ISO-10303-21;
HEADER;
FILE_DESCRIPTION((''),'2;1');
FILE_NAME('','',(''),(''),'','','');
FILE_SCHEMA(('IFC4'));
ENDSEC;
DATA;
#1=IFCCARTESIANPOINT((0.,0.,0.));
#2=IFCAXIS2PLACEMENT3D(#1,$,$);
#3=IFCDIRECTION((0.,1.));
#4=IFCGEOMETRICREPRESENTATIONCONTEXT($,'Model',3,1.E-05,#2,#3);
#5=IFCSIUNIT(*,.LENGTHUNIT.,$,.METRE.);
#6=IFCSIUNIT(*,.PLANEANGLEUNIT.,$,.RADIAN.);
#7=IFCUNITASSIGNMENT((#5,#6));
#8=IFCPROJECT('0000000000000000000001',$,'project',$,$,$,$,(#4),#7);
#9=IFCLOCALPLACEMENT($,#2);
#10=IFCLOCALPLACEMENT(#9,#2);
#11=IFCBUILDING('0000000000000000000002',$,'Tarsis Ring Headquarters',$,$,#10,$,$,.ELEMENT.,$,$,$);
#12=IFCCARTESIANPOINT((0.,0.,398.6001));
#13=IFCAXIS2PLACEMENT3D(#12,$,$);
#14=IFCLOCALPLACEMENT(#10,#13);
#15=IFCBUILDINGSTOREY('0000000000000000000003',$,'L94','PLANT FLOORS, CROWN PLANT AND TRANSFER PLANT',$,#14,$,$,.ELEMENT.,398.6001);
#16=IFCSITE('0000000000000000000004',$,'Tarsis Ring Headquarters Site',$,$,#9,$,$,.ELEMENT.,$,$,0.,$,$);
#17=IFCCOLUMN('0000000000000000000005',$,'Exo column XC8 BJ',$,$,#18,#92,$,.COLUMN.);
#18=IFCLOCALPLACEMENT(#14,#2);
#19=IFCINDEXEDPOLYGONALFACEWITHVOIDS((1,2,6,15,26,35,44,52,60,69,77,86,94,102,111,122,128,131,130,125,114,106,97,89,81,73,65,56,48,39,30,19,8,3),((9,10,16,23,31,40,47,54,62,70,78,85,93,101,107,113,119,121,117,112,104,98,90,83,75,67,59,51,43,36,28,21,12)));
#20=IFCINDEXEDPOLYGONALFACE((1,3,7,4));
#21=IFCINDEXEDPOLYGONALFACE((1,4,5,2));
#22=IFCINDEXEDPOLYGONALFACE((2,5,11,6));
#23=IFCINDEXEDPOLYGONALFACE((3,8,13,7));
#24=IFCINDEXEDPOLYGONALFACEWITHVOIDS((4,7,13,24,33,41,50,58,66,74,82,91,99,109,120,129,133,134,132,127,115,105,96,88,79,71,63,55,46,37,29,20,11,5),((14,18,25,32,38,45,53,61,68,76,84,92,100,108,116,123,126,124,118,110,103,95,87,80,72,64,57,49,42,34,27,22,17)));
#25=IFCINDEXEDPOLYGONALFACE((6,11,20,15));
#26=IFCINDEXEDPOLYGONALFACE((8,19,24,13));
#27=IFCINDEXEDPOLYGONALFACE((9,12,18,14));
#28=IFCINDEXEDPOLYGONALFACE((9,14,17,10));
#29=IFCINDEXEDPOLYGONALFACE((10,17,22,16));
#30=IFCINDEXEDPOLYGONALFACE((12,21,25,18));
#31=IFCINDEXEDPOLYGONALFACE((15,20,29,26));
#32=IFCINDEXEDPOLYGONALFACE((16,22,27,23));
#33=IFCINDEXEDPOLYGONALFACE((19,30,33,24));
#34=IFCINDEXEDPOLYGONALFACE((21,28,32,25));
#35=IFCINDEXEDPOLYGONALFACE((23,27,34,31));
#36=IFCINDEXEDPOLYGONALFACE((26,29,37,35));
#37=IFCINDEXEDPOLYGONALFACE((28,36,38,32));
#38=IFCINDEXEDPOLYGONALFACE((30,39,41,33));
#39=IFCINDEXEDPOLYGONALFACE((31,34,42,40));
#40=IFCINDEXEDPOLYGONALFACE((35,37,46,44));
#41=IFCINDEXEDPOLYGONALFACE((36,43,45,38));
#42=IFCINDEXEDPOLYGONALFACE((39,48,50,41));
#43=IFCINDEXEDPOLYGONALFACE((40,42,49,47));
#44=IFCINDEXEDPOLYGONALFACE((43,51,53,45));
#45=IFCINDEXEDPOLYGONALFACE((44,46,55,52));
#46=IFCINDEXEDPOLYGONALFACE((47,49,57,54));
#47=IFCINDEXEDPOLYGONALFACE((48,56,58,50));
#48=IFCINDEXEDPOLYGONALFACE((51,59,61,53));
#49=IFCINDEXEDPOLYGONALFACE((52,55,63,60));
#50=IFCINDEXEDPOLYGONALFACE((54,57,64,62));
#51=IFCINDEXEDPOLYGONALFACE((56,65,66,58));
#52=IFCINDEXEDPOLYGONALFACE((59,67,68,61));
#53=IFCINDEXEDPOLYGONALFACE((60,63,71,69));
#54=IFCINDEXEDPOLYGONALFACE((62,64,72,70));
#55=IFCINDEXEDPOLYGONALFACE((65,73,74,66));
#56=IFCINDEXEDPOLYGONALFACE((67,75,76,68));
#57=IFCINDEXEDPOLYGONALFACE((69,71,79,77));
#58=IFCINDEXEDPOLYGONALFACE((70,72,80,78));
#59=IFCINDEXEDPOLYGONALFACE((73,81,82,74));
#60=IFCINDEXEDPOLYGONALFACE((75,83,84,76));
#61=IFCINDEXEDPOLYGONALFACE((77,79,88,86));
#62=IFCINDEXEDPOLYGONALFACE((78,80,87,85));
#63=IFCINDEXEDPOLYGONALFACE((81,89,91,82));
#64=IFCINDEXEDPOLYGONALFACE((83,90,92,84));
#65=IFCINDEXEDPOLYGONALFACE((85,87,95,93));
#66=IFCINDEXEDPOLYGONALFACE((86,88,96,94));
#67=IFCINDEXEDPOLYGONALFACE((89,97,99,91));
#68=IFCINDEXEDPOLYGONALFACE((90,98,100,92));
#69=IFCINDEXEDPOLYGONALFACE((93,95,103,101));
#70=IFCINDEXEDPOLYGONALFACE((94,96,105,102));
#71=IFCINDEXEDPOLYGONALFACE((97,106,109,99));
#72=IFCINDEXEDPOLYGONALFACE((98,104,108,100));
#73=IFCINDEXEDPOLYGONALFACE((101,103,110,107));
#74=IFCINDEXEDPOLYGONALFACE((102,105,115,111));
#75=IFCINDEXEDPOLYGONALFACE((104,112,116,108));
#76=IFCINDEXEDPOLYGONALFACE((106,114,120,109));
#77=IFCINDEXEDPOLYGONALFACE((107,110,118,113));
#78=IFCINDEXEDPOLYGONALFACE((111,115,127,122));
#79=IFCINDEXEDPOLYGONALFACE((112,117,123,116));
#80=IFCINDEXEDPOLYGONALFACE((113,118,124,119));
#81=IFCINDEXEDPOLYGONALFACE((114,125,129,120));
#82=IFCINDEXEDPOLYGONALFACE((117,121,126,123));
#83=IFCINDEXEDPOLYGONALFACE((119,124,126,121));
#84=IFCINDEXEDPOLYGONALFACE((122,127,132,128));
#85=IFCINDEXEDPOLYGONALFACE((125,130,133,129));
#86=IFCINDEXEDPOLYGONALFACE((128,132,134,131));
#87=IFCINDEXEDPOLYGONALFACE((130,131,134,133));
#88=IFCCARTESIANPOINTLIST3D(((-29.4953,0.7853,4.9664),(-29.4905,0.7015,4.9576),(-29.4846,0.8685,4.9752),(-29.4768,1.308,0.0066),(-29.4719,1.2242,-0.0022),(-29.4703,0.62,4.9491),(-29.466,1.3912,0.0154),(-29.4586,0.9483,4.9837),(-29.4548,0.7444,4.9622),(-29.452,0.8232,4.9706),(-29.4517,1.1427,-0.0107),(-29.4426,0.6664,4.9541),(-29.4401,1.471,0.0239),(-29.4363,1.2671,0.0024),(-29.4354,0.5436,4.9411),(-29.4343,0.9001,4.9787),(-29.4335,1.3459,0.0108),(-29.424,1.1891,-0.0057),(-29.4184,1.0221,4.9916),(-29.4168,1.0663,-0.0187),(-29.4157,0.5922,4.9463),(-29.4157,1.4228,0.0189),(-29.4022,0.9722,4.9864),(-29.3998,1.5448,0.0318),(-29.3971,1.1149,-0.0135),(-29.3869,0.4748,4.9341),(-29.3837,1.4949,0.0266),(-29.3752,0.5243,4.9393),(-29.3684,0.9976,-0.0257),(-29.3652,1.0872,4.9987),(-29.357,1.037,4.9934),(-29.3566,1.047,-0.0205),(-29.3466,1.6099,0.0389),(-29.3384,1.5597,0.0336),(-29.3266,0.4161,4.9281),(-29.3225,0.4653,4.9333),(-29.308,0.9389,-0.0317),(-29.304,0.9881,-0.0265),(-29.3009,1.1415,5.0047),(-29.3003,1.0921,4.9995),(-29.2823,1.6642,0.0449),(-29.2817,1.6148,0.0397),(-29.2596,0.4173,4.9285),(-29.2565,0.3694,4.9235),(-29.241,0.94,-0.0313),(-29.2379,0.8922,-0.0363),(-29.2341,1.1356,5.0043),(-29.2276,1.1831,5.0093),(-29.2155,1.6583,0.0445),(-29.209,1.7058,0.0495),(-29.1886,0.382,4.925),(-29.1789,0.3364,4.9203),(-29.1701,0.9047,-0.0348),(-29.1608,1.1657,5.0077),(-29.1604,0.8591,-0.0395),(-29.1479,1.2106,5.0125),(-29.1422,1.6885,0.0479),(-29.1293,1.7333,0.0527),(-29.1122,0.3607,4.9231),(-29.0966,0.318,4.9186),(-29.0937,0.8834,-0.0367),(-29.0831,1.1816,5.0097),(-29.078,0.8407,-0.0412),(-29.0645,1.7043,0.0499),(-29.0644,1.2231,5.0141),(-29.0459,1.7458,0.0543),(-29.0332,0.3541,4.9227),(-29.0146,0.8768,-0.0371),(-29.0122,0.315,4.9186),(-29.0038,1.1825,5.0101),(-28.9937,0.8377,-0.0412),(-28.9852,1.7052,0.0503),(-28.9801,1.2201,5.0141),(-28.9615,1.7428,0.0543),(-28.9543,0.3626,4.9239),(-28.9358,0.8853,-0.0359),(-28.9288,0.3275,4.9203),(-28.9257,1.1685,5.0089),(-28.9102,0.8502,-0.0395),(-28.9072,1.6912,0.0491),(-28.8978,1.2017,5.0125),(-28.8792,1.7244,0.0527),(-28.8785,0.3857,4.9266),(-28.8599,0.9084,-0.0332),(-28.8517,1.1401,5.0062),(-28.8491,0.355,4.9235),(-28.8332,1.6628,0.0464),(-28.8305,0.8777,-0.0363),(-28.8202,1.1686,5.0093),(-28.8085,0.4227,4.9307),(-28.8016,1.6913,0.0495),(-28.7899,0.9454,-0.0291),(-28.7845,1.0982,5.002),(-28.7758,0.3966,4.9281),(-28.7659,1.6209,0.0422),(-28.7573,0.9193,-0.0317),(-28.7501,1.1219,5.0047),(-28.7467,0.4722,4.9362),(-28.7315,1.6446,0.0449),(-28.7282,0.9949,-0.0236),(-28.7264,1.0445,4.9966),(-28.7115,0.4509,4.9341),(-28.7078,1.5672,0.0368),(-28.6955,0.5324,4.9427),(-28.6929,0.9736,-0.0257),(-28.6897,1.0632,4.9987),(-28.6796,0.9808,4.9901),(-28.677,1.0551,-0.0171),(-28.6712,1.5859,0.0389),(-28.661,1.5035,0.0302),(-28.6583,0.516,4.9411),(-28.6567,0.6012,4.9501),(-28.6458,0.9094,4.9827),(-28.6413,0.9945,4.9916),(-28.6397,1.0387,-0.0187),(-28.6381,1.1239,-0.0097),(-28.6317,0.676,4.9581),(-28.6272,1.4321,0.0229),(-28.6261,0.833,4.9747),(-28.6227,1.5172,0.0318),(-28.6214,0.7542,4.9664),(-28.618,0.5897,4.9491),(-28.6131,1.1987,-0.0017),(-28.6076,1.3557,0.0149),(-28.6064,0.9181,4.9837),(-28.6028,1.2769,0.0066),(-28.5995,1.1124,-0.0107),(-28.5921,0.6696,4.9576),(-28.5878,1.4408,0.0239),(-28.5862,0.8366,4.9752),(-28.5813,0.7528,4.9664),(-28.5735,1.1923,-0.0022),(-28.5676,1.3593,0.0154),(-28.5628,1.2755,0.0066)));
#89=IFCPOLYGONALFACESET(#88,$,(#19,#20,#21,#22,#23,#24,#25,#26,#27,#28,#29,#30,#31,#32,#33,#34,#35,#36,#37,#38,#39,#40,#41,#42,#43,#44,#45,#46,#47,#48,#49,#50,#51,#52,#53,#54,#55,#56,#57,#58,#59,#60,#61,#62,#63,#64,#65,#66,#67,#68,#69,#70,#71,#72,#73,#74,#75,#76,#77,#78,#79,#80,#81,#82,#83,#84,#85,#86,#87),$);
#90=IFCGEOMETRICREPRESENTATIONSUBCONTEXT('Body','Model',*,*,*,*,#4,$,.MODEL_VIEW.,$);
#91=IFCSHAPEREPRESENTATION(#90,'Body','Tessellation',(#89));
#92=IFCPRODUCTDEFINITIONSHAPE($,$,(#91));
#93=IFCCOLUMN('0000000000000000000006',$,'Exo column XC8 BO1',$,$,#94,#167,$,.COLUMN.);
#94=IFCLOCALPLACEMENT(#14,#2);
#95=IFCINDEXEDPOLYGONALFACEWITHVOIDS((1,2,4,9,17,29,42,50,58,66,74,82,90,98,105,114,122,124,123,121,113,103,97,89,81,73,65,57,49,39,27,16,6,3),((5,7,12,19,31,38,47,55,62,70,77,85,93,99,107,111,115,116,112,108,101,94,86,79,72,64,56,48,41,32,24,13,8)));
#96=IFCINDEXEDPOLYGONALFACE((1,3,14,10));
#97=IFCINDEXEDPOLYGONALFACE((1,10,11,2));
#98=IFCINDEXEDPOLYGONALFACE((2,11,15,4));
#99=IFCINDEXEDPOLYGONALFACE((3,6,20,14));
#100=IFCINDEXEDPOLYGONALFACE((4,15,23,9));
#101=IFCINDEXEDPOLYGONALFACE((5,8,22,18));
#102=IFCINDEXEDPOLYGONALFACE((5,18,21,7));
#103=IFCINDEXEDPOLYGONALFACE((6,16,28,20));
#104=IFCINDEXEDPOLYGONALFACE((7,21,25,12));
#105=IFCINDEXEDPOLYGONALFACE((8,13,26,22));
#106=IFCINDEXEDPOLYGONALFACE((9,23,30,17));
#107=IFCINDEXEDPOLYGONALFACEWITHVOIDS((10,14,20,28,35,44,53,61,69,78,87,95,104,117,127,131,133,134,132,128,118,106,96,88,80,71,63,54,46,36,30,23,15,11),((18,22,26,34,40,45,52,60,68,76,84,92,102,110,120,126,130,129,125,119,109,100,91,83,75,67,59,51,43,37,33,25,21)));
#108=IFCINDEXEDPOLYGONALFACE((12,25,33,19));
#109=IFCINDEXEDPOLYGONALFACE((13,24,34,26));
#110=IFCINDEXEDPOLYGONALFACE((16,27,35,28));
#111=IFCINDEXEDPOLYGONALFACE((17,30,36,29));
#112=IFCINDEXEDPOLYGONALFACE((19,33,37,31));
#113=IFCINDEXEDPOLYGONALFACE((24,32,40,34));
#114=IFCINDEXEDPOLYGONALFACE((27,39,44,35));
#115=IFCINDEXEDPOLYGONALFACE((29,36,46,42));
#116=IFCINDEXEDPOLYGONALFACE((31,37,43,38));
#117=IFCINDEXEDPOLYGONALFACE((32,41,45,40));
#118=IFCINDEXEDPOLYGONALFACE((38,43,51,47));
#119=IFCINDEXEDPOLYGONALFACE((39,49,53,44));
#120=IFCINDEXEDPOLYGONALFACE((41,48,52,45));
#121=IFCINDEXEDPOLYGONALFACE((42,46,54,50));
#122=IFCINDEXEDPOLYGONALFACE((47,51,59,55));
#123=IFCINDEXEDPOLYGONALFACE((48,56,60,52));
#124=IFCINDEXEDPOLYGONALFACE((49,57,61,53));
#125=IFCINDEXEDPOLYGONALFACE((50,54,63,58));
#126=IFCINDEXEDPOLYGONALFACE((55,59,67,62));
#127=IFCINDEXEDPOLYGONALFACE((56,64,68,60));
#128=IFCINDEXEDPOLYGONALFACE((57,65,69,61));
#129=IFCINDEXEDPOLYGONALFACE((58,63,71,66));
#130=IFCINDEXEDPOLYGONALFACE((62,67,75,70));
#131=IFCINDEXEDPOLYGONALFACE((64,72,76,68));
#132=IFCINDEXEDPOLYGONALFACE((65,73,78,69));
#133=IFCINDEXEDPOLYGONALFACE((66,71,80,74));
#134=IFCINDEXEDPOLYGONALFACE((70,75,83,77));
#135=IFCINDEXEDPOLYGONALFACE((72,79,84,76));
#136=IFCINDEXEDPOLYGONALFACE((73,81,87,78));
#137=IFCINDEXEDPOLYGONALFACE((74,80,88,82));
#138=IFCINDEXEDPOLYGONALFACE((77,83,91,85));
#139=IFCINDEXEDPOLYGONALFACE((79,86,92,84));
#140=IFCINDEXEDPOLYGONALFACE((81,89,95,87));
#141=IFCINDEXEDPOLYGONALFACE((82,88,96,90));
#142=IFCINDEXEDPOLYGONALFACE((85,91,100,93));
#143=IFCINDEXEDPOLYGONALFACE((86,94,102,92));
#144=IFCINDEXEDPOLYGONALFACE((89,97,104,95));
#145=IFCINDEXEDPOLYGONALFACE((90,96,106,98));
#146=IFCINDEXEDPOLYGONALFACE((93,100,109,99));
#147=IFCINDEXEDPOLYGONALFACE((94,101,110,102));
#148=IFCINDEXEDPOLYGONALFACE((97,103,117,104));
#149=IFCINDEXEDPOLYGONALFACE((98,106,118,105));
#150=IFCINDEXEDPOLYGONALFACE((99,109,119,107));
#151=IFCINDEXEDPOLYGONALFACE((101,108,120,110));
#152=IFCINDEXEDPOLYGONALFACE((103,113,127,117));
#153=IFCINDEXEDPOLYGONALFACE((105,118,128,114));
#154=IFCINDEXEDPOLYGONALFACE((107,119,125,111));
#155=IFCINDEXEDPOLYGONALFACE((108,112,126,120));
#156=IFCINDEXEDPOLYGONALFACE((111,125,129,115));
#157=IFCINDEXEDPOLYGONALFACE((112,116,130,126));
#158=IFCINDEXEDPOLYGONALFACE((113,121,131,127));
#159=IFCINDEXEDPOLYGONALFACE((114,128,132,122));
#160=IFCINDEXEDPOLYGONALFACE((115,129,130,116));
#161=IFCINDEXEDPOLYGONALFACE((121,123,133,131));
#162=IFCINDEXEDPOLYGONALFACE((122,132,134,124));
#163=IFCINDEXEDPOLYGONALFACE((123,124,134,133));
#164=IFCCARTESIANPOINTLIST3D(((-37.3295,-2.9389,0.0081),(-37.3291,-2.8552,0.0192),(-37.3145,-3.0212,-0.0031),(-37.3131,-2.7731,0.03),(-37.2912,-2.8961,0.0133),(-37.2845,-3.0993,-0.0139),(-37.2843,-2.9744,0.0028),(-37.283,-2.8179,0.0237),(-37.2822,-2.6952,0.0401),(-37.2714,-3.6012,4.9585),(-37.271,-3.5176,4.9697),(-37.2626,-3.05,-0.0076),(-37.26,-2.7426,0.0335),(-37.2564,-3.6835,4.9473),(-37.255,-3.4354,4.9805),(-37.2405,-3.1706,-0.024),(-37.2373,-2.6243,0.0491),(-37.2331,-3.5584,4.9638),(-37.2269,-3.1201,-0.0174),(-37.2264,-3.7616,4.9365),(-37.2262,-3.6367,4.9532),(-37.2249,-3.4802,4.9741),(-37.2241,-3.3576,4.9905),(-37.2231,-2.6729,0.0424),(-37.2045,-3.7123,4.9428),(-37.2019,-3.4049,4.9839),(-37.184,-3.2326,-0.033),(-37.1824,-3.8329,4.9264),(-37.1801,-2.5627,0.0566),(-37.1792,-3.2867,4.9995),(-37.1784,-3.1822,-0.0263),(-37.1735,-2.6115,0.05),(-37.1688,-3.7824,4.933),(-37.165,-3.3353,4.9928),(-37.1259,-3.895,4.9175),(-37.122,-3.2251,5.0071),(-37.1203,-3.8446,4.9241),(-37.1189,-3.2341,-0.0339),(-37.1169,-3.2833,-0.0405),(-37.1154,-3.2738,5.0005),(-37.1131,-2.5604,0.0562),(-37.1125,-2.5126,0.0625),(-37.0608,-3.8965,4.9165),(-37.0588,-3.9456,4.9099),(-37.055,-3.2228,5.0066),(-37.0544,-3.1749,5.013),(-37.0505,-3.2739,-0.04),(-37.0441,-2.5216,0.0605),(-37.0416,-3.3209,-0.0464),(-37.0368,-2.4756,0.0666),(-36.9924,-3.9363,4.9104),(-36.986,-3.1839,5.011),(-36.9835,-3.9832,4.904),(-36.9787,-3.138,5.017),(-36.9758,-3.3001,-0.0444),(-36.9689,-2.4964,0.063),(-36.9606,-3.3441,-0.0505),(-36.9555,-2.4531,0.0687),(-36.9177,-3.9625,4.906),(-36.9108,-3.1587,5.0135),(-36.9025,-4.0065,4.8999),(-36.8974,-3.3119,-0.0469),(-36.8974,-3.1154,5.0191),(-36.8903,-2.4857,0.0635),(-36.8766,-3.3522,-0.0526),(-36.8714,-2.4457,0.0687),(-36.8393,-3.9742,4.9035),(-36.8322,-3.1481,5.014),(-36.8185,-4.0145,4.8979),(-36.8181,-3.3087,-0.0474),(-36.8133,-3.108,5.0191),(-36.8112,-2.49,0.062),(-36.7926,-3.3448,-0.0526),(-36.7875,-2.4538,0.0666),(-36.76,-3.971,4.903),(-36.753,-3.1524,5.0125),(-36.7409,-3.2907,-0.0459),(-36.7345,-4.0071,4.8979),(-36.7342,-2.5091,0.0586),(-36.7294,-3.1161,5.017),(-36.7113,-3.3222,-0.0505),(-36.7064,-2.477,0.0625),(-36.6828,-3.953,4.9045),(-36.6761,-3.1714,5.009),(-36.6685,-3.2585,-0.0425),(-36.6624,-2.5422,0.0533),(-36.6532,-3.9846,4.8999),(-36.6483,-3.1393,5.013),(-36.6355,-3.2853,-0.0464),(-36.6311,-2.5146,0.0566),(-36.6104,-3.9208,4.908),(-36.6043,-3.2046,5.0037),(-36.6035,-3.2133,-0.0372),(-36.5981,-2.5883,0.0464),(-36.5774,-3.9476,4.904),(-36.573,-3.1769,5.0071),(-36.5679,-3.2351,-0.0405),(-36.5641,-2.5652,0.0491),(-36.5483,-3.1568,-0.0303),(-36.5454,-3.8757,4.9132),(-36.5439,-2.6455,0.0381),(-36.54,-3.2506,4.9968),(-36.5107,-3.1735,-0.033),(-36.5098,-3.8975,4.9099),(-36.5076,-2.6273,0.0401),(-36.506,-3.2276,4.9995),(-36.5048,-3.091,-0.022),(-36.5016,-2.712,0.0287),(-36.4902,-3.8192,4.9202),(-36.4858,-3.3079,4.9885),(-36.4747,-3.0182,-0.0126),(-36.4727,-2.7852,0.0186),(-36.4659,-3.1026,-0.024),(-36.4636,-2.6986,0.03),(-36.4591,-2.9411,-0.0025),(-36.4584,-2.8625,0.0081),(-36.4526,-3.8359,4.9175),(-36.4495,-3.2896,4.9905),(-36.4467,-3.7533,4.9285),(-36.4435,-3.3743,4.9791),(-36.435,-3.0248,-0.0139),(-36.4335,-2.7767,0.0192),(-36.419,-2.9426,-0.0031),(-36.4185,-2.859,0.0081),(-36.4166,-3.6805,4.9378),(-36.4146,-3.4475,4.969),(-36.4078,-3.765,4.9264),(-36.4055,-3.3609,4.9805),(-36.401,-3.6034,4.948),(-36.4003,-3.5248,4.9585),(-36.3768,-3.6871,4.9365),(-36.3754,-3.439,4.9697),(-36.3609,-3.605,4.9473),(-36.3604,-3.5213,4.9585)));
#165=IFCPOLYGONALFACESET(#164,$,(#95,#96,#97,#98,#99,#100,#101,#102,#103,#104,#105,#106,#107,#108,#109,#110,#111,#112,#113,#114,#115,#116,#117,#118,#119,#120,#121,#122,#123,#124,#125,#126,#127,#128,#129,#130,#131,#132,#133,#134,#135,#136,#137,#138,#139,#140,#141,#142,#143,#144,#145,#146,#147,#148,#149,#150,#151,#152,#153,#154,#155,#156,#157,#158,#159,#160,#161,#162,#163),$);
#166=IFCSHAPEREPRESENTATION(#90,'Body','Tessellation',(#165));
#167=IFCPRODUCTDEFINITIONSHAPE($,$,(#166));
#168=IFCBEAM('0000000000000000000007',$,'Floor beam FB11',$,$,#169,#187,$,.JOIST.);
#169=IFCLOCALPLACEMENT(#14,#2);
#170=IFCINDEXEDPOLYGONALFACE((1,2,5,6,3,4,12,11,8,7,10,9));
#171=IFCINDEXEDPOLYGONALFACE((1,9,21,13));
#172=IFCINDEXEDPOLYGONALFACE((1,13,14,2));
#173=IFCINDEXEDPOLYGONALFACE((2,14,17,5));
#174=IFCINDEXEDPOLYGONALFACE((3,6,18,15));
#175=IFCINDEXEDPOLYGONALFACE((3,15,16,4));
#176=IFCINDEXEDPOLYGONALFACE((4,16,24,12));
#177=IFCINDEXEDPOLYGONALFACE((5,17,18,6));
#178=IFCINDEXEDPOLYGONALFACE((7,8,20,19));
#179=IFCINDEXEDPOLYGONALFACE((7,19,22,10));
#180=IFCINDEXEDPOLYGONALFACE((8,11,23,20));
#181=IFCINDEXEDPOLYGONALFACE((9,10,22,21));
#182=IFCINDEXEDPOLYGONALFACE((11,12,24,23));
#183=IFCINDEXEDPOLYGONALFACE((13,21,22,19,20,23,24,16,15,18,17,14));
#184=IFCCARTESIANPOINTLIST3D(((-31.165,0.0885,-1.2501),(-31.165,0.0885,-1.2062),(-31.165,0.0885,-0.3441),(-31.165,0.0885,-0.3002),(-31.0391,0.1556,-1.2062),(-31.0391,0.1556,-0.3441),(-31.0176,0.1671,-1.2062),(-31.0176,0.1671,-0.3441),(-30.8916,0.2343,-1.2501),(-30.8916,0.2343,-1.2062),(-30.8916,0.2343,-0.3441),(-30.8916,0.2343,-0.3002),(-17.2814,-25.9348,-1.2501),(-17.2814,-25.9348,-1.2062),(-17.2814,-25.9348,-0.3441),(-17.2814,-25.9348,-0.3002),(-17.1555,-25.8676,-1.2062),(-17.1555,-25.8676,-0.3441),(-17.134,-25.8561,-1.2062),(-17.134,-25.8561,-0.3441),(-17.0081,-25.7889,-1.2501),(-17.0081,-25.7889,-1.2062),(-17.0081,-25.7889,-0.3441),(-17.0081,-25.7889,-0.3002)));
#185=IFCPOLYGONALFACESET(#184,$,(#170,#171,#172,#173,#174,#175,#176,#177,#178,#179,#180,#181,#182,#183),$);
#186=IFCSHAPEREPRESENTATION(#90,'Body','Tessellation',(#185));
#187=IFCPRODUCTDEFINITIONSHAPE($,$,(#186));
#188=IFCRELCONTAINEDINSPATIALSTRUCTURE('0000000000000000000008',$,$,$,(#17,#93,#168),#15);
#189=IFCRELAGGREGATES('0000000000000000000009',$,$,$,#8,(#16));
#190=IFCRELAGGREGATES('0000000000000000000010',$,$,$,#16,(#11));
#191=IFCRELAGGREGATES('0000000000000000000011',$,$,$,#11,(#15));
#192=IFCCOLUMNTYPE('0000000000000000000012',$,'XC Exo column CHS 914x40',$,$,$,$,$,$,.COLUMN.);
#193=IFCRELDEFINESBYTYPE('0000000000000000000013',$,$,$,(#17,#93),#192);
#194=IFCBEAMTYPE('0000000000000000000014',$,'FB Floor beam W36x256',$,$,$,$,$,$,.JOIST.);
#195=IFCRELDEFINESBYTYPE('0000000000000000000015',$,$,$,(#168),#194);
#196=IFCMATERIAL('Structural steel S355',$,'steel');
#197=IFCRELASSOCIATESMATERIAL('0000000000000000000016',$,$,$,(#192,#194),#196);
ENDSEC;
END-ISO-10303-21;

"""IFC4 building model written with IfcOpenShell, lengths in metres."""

from ifc_helpers import new_model, si_unit, direction, frame, origin, origin_2d, place, context, subcontext, project, spatial, hollow_circle, i_section, extrude, material, material_profile, profile_set, type_object, element, save


model = new_model("IFC4")

# Units and contexts
model_context = context("Model", 3, precision=1e-05, world=origin(), true_north=direction((0.0, 1.0)))
body_context = subcontext(model_context, "Body", "Model", "MODEL_VIEW")
ifc_project = project(units=[si_unit("LENGTHUNIT", "METRE"), si_unit("PLANEANGLEUNIT", "RADIAN")], contexts=[model_context])

# Site, building, storey
site_placement = place(None, origin())
site = spatial("IfcSite", under=ifc_project, at=site_placement, Name="Tarsis Ring Headquarters Site", CompositionType="ELEMENT", RefElevation=0.0)
building_placement = place(site_placement, origin())
building = spatial("IfcBuilding", under=site, at=building_placement, Name="Tarsis Ring Headquarters", CompositionType="ELEMENT")
storey_placement = place(building_placement, frame((0.0, 0.0, 398.6001)))
storey = spatial("IfcBuildingStorey", under=building, at=storey_placement, Name="L94", Description="PLANT FLOORS, CROWN PLANT AND TRANSFER PLANT", CompositionType="ELEMENT", Elevation=398.6001)

# Columns
ifc_material_1 = material(Name="Structural steel S355", Category="steel")
ifc_material_profile_1 = material_profile(ifc_material_1, hollow_circle(Radius=0.457, WallThickness=0.04, at=origin_2d()), Name="CHS 914x40")
ifc_profile_set_1 = profile_set([ifc_material_profile_1], Name="Structural steel S355")
column_type = type_object("IfcColumnType", Name="XC Exo column CHS 914x40", PredefinedType="COLUMN", material=ifc_profile_set_1)
column_1_placement = place(storey_placement, frame((-29.0198, 1.2917, 0.0066), z_axis=(-0.00372, -0.104809, 0.994485), x_axis=(0.999371, -0.035475, 0.0)))
element("IfcColumn", 1, at=column_1_placement, inside=storey, type_object=column_type, Name="Exo column XC8 BJ", PredefinedType="COLUMN", context=body_context, shape_type="SweptSolid", body=[
    extrude(hollow_circle(Radius=0.4573, WallThickness=0.04, at=origin_2d()), origin(), (0.0, 0.0, 1.0), 4.9873),
])
column_2_placement = place(storey_placement, frame((-36.874, -2.8989, 0.0081), z_axis=(0.011633, -0.132606, 0.991101), x_axis=(0.996174, 0.08739, 0.0)))
element("IfcColumn", 2, at=column_2_placement, inside=storey, type_object=column_type, Name="Exo column XC8 BO1", PredefinedType="COLUMN", context=body_context, shape_type="SweptSolid", body=[
    extrude(hollow_circle(Radius=0.4573, WallThickness=0.04, at=origin_2d()), origin(), (0.0, 0.0, 1.0), 4.9949),
])

# Beam
ifc_material_profile_2 = material_profile(ifc_material_1, i_section(OverallWidth=0.3098, OverallDepth=0.95, WebThickness=0.0244, FlangeThickness=0.0439, at=origin_2d()), Name="W36x256")
ifc_profile_set_2 = profile_set([ifc_material_profile_2], Name="Structural steel S355")
beam_type_1 = type_object("IfcBeamType", Name="FB Floor beam W36x256", PredefinedType="JOIST", material=ifc_profile_set_2)
beam_1_placement = place(storey_placement, frame((-31.0283, 0.1614, -0.7751), z_axis=(0.470707, -0.882289, 0.0), x_axis=(0.882289, 0.470707, 0.0)))
element("IfcBeam", 3, at=beam_1_placement, inside=storey, type_object=beam_type_1, Name="Floor beam FB11", PredefinedType="JOIST", context=body_context, shape_type="SweptSolid", body=[
    extrude(i_section(OverallWidth=0.3098, OverallDepth=0.95, WebThickness=0.0244, FlangeThickness=0.0439, at=origin_2d()), origin(), (0.0, 0.0, 1.0), 29.4951),
])

save(model, "model.ifc")
